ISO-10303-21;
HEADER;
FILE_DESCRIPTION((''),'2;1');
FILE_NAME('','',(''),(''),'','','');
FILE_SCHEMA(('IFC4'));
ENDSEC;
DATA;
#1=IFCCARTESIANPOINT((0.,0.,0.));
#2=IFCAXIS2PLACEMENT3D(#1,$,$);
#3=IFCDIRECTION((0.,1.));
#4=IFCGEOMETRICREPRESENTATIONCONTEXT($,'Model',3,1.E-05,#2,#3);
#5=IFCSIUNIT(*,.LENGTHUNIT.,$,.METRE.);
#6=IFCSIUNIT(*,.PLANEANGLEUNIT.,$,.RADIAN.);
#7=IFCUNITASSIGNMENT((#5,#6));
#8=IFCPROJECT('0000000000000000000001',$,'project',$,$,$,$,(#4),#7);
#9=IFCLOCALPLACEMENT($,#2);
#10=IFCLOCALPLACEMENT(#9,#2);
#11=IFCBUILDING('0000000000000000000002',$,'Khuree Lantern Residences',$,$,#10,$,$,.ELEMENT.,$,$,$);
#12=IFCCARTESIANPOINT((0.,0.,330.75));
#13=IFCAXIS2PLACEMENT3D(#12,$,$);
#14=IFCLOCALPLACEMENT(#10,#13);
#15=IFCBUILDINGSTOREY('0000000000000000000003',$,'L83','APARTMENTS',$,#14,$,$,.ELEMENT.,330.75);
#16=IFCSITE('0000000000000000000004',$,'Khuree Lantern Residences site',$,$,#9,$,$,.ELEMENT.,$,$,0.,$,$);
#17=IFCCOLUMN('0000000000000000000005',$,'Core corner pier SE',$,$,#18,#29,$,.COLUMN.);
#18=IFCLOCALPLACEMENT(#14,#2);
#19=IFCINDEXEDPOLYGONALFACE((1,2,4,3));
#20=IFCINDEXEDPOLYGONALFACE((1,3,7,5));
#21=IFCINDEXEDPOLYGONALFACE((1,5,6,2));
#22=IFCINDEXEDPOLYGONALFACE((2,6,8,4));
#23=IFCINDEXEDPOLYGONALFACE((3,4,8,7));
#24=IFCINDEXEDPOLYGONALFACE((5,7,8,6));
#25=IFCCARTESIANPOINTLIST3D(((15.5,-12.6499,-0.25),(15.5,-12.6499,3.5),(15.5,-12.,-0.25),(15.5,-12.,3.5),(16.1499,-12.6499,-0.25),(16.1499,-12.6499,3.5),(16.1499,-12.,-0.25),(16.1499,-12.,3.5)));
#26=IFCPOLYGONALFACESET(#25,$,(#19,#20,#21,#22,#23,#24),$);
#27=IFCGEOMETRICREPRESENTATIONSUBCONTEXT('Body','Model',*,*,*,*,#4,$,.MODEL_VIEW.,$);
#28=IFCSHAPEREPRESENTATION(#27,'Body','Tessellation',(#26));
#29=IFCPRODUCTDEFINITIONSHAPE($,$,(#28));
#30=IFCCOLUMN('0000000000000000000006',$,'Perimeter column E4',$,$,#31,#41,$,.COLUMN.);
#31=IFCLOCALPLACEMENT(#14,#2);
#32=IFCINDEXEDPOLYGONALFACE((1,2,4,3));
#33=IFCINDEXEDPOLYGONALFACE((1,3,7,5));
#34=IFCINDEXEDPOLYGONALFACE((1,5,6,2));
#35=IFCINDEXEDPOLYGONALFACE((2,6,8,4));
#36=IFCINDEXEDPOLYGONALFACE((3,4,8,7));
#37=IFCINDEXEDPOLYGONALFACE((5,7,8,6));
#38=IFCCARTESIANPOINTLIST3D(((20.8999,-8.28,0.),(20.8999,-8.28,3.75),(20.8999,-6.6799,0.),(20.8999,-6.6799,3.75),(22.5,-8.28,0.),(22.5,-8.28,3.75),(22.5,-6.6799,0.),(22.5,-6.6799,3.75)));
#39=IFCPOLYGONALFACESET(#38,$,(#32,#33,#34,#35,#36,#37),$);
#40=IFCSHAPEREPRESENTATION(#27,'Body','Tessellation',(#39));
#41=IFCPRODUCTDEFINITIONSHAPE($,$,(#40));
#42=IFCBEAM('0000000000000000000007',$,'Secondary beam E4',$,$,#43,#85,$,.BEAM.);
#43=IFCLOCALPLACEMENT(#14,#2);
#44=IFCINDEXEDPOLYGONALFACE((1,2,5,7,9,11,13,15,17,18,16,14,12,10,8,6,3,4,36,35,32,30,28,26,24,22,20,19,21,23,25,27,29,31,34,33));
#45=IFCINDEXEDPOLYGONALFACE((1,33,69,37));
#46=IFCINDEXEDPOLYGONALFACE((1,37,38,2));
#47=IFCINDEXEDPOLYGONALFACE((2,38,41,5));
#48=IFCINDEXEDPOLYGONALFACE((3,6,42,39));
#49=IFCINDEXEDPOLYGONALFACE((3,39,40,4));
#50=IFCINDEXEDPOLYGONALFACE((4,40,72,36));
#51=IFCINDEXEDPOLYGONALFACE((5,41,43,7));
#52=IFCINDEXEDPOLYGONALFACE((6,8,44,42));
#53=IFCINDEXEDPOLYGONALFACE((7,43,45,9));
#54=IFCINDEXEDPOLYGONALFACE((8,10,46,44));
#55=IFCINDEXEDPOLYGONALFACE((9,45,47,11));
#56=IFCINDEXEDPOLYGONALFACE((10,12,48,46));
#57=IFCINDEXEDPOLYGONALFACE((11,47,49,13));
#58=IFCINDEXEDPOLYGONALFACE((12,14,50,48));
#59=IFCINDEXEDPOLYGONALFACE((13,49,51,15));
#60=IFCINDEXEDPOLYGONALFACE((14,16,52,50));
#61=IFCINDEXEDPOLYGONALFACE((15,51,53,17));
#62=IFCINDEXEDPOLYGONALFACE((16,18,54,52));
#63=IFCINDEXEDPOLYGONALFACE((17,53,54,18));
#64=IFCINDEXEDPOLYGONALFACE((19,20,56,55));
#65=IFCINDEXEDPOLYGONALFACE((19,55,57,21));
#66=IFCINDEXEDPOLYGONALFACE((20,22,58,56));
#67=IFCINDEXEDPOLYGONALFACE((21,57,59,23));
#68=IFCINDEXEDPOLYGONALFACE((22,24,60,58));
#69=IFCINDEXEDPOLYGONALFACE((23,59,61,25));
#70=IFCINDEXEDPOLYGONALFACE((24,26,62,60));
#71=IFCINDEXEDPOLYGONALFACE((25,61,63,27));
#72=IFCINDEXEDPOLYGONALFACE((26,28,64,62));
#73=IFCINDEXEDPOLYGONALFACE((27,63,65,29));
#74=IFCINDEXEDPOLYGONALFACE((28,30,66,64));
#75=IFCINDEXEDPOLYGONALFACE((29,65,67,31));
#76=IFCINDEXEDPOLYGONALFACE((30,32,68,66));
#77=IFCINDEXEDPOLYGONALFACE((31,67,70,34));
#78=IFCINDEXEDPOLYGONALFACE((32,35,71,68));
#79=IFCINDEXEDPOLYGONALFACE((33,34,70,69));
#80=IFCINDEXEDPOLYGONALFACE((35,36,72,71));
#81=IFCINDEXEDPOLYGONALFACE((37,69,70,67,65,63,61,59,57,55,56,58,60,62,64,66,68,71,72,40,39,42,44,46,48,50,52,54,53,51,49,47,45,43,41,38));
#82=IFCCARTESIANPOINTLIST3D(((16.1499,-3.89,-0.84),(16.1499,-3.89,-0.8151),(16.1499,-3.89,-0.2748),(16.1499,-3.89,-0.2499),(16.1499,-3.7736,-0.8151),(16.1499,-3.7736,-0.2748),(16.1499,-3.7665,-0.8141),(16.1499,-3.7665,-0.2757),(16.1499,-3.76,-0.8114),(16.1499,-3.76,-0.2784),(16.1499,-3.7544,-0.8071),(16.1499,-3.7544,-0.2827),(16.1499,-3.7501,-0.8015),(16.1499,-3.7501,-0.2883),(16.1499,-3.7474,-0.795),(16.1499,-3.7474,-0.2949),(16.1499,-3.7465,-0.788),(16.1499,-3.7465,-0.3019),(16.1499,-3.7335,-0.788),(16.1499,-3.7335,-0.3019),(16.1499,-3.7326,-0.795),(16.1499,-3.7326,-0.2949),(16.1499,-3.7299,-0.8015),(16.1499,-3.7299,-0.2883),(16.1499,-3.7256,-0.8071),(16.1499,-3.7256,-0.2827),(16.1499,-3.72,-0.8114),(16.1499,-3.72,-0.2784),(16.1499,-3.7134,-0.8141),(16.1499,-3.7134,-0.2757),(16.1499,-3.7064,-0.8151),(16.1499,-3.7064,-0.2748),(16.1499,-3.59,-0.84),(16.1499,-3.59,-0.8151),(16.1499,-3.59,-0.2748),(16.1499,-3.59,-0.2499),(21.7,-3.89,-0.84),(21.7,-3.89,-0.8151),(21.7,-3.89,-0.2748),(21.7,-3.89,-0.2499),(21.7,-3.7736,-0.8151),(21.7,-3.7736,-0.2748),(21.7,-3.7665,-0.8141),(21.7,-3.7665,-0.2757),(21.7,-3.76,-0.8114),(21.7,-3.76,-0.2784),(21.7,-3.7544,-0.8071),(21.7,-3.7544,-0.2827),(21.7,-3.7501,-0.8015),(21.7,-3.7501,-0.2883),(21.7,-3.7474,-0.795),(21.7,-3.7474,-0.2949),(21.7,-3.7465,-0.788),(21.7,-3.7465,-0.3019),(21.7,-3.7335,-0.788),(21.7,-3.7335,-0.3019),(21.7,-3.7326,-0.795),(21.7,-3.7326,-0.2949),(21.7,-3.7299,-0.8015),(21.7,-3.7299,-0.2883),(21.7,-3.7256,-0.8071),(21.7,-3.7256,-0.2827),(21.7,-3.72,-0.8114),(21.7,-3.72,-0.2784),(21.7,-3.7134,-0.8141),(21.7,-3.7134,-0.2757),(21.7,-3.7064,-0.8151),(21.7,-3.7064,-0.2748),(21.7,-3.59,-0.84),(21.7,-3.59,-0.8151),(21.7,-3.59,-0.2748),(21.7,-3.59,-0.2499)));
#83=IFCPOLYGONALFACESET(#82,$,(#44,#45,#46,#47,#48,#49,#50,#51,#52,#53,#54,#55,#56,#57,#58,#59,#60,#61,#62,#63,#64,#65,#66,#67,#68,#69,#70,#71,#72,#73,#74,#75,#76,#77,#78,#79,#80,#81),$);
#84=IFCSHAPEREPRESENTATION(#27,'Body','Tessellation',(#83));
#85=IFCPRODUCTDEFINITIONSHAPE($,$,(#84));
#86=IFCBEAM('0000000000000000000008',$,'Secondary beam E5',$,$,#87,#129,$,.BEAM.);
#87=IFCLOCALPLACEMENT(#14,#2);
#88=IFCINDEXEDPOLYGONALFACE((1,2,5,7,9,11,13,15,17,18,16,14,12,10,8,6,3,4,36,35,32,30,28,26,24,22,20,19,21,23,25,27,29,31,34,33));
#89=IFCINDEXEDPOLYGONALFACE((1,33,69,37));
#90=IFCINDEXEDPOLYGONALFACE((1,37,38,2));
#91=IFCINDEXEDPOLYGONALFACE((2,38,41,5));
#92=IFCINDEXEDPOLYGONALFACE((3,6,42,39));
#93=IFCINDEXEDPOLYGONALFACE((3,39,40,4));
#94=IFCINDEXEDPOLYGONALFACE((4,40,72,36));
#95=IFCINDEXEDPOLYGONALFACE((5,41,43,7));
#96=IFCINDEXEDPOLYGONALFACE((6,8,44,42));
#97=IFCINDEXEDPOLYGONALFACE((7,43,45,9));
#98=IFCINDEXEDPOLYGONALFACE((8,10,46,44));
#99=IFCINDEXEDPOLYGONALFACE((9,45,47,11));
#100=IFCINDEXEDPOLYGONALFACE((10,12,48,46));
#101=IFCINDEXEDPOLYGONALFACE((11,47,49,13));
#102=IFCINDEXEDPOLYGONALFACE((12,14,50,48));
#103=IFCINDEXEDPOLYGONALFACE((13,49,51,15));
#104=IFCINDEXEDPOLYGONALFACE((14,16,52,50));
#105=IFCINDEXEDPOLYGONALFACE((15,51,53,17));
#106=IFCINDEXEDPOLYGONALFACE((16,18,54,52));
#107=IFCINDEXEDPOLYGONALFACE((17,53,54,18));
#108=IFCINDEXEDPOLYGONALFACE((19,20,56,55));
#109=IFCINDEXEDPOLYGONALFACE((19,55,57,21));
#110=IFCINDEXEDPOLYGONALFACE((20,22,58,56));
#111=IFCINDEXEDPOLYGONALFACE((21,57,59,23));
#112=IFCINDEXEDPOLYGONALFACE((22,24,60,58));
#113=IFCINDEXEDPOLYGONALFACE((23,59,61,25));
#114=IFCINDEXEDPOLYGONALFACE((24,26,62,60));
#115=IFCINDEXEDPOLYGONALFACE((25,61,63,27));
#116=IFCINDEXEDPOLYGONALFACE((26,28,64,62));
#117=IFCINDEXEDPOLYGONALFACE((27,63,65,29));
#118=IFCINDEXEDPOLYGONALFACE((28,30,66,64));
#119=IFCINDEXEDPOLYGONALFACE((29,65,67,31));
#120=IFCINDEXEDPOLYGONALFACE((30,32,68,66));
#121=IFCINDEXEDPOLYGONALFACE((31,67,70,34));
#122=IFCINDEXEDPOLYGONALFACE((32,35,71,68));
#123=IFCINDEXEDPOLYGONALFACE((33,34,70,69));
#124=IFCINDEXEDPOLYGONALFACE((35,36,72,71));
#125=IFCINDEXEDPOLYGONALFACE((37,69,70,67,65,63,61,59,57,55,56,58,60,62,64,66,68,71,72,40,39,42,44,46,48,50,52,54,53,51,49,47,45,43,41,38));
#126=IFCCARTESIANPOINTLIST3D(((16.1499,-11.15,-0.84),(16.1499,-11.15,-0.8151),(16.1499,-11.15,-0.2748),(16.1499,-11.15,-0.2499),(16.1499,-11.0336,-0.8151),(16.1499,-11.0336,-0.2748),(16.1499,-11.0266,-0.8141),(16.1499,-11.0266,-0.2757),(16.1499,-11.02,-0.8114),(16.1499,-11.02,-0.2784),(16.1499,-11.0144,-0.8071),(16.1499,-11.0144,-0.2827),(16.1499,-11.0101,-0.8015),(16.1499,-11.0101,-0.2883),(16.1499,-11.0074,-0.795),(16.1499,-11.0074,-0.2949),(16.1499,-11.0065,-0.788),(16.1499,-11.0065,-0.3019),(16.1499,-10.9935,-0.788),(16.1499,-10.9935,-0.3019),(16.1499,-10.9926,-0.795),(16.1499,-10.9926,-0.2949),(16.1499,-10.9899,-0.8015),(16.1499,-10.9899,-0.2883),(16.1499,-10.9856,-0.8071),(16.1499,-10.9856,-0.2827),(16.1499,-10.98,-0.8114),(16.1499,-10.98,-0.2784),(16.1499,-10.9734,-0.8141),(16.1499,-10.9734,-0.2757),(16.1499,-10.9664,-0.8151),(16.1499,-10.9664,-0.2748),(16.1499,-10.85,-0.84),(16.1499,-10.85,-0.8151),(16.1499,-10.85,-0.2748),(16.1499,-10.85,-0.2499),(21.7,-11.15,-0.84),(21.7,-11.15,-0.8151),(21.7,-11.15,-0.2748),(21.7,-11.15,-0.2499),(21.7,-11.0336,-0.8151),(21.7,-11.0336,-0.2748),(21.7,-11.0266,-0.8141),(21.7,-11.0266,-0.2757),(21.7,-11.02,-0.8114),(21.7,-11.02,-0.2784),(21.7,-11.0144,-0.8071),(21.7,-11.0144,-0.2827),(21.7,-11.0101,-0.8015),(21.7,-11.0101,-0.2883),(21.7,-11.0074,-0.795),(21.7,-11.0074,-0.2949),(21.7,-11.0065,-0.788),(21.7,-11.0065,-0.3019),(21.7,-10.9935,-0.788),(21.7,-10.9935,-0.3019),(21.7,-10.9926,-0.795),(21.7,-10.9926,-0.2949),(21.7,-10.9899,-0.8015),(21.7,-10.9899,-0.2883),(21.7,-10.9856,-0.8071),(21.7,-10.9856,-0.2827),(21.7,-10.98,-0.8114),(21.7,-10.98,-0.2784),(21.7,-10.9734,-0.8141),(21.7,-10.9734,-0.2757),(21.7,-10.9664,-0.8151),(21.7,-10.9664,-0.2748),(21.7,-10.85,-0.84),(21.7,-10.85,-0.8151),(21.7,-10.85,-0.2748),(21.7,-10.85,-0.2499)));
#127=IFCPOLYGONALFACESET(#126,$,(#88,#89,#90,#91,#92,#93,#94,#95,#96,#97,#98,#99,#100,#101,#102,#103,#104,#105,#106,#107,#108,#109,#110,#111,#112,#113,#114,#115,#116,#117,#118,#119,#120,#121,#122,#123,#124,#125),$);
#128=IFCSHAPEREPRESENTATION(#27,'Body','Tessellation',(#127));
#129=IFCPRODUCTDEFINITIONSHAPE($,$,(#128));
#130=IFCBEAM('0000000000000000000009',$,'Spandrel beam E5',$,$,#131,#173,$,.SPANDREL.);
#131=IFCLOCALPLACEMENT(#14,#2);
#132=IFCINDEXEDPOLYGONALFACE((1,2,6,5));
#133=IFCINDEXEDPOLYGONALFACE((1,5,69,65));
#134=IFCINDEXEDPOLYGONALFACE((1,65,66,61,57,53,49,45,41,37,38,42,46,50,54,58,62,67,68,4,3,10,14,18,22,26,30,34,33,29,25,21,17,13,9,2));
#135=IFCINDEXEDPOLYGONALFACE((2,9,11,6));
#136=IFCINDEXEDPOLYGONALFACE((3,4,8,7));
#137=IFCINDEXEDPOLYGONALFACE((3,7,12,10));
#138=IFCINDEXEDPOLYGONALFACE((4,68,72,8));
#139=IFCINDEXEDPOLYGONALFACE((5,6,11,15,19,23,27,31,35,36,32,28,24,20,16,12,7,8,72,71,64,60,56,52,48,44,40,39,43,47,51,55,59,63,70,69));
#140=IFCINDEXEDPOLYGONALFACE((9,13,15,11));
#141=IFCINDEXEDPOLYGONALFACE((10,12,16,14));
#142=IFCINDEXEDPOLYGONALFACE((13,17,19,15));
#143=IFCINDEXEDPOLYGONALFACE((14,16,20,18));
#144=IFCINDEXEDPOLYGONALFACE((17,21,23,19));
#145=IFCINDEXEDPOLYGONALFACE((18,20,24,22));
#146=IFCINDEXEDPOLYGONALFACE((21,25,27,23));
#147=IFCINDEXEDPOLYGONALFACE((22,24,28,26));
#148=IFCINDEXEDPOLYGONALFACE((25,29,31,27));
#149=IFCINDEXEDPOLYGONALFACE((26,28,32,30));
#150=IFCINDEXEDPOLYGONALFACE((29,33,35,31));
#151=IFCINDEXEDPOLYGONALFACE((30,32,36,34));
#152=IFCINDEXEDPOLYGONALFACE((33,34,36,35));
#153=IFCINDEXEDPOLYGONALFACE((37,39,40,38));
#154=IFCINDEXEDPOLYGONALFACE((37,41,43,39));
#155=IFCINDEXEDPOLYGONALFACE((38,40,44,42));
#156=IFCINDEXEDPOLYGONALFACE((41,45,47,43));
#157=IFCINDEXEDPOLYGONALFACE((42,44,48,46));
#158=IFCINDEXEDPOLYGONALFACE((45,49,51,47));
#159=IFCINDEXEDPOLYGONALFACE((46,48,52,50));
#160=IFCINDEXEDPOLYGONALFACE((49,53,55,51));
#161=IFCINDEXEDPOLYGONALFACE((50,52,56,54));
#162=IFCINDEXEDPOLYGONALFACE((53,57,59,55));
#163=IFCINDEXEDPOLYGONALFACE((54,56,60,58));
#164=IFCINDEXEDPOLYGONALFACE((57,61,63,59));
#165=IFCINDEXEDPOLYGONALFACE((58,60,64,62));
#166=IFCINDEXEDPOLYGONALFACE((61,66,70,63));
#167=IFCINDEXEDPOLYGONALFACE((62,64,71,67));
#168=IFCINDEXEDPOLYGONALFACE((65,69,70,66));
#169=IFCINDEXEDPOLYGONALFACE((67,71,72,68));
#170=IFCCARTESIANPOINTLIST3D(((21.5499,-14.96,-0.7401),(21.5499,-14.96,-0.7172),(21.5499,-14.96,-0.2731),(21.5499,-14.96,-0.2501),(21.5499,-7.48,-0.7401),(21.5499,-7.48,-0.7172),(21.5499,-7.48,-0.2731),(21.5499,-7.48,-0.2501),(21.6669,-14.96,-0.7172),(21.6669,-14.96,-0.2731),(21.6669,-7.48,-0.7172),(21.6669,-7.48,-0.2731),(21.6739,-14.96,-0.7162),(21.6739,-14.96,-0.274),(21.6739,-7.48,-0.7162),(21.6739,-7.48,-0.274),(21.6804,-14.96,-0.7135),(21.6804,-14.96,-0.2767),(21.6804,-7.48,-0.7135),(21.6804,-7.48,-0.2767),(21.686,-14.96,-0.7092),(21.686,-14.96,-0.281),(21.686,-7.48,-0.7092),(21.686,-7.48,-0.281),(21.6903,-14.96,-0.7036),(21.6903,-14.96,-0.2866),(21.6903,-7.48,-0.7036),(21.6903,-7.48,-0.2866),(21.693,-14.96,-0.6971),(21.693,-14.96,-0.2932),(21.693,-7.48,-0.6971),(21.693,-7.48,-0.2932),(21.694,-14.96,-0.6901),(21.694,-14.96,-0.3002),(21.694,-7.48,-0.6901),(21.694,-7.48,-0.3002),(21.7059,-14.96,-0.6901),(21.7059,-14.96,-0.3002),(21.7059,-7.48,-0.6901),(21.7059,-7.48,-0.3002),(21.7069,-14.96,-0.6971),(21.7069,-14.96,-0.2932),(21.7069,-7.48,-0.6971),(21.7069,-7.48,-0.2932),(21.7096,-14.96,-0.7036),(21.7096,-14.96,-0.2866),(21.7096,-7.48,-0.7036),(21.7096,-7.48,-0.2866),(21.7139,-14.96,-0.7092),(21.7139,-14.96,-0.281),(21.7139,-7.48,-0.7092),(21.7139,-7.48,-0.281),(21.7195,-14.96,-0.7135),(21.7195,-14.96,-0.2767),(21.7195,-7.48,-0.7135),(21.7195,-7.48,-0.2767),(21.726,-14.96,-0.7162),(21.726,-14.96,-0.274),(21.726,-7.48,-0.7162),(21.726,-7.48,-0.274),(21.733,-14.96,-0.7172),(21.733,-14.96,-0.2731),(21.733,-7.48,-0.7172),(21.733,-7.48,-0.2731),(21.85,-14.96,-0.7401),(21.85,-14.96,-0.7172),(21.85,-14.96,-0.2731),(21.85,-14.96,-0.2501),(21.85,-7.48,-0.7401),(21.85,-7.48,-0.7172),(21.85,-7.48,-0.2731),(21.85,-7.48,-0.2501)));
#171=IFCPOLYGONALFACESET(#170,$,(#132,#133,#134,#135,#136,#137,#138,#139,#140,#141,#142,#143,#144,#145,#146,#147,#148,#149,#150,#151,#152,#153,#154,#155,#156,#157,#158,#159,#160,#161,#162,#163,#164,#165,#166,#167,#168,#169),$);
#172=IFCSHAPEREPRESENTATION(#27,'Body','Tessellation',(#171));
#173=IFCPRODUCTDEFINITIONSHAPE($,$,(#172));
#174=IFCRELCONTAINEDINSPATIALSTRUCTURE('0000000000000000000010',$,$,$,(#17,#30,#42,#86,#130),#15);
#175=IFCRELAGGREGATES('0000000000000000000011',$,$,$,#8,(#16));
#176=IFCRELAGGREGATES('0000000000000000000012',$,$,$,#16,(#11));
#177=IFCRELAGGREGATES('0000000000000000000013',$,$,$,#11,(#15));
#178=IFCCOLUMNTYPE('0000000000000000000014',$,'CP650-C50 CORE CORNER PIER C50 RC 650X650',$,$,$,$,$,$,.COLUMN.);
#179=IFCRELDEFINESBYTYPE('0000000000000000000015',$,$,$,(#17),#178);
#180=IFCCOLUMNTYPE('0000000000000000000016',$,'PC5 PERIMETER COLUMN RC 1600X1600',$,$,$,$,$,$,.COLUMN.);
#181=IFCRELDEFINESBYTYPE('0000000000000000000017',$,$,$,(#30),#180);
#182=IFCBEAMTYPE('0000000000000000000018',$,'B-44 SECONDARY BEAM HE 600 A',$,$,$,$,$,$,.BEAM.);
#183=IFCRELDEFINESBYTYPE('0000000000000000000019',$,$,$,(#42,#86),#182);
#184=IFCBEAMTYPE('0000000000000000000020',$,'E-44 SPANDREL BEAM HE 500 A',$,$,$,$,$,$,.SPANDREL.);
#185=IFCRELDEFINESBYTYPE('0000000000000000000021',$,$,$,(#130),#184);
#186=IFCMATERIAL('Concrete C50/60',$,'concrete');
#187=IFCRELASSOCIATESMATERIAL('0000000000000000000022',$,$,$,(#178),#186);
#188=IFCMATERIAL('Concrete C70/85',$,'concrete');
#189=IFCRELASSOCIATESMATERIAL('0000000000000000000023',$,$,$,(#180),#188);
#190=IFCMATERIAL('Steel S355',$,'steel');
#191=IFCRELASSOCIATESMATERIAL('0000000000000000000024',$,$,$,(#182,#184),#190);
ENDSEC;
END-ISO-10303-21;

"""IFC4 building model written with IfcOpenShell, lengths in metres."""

from ifc_helpers import new_model, si_unit, direction, frame, origin, origin_2d, place, context, subcontext, project, spatial, rectangle, i_section, extrude, material, material_profile, profile_set, type_object, element, save


model = new_model("IFC4")

# Units and contexts
model_context = context("Model", 3, precision=1e-05, world=origin(), true_north=direction((0.0, 1.0)))
body_context = subcontext(model_context, "Body", "Model", "MODEL_VIEW")
ifc_project = project(units=[si_unit("LENGTHUNIT", "METRE"), si_unit("PLANEANGLEUNIT", "RADIAN")], contexts=[model_context])

# Site, building, storey
site_placement = place(None, origin())
site = spatial("IfcSite", under=ifc_project, at=site_placement, Name="Khuree Lantern Residences site", CompositionType="ELEMENT", RefElevation=0.0)
building_placement = place(site_placement, origin())
building = spatial("IfcBuilding", under=site, at=building_placement, Name="Khuree Lantern Residences", CompositionType="ELEMENT")
storey_placement = place(building_placement, frame((0.0, 0.0, 330.75)))
storey = spatial("IfcBuildingStorey", under=building, at=storey_placement, Name="L83", Description="APARTMENTS", CompositionType="ELEMENT", Elevation=330.75)

# Columns
ifc_material_1 = material(Name="Concrete C50/60", Category="concrete")
ifc_material_profile_1 = material_profile(ifc_material_1, rectangle(XDim=0.6499, YDim=0.6499, at=origin_2d()), Name="RC 650X650")
ifc_profile_set_1 = profile_set([ifc_material_profile_1], Name="Concrete C50/60")
column_type_1 = type_object("IfcColumnType", Name="CP650-C50 CORE CORNER PIER C50 RC 650X650", PredefinedType="COLUMN", material=ifc_profile_set_1)
column_1_placement = place(storey_placement, frame((15.825, -12.325, -0.25), z_axis=(0.0, 0.0, 1.0), x_axis=(1.0, 0.0, 0.0)))
element("IfcColumn", 1, at=column_1_placement, inside=storey, type_object=column_type_1, Name="Core corner pier SE", PredefinedType="COLUMN", context=body_context, shape_type="SweptSolid", body=[
    extrude(rectangle(XDim=0.6499, YDim=0.6499, at=origin_2d()), origin(), (0.0, 0.0, 1.0), 3.75),
])
ifc_material_2 = material(Name="Concrete C70/85", Category="concrete")
ifc_material_profile_2 = material_profile(ifc_material_2, rectangle(XDim=1.6001, YDim=1.6001, at=origin_2d()), Name="RC 1600X1600")
ifc_profile_set_2 = profile_set([ifc_material_profile_2], Name="Concrete C70/85")
column_type_2 = type_object("IfcColumnType", Name="PC5 PERIMETER COLUMN RC 1600X1600", PredefinedType="COLUMN", material=ifc_profile_set_2)
column_2_placement = place(storey_placement, frame((21.7, -7.48, 0.0), z_axis=(0.0, 0.0, 1.0), x_axis=(0.0, 1.0, 0.0)))
element("IfcColumn", 2, at=column_2_placement, inside=storey, type_object=column_type_2, Name="Perimeter column E4", PredefinedType="COLUMN", context=body_context, shape_type="SweptSolid", body=[
    extrude(rectangle(XDim=1.6001, YDim=1.6001, at=origin_2d()), origin(), (0.0, 0.0, 1.0), 3.75),
])

# Beams
ifc_material_3 = material(Name="Steel S355", Category="steel")
ifc_material_profile_3 = material_profile(ifc_material_3, i_section(OverallWidth=0.3, OverallDepth=0.5901, WebThickness=0.0129, FlangeThickness=0.0249, FilletRadius=0.0271, at=origin_2d()), Name="HE 600 A")
ifc_profile_set_3 = profile_set([ifc_material_profile_3], Name="Steel S355")
beam_type_1 = type_object("IfcBeamType", Name="B-44 SECONDARY BEAM HE 600 A", PredefinedType="BEAM", material=ifc_profile_set_3)
for number, where, z_axis, x_axis, name in (
    (3, (21.7, -3.74, -0.5449), (-1.0, 0.0, 0.0), (0.0, -1.0, 0.0), "Secondary beam E4"),
    (4, (21.7, -11.0, -0.5449), (-1.0, 0.0, 0.0), (0.0, -1.0, 0.0), "Secondary beam E5"),
):
    element("IfcBeam", number, at=place(storey_placement, frame(where, z_axis=z_axis, x_axis=x_axis)), inside=storey, type_object=beam_type_1, Name=name, PredefinedType="BEAM", context=body_context, shape_type="SweptSolid", body=[
        extrude(i_section(OverallWidth=0.3, OverallDepth=0.5901, WebThickness=0.0129, FlangeThickness=0.0249, FilletRadius=0.0271, at=origin_2d()), origin(), (0.0, 0.0, 1.0), 5.55),
    ])
ifc_material_profile_4 = material_profile(ifc_material_3, i_section(OverallWidth=0.3, OverallDepth=0.49, WebThickness=0.012, FlangeThickness=0.0229, FilletRadius=0.0271, at=origin_2d()), Name="HE 500 A")
ifc_profile_set_4 = profile_set([ifc_material_profile_4], Name="Steel S355")
beam_type_2 = type_object("IfcBeamType", Name="E-44 SPANDREL BEAM HE 500 A", PredefinedType="SPANDREL", material=ifc_profile_set_4)
beam_1_placement = place(storey_placement, frame((21.7, -7.48, -0.4951), z_axis=(0.0, -1.0, 0.0), x_axis=(1.0, 0.0, 0.0)))
element("IfcBeam", 5, at=beam_1_placement, inside=storey, type_object=beam_type_2, Name="Spandrel beam E5", PredefinedType="SPANDREL", context=body_context, shape_type="SweptSolid", body=[
    extrude(i_section(OverallWidth=0.3, OverallDepth=0.49, WebThickness=0.012, FlangeThickness=0.0229, FilletRadius=0.0271, at=origin_2d()), origin(), (0.0, 0.0, 1.0), 7.48),
])

save(model, "model.ifc")
